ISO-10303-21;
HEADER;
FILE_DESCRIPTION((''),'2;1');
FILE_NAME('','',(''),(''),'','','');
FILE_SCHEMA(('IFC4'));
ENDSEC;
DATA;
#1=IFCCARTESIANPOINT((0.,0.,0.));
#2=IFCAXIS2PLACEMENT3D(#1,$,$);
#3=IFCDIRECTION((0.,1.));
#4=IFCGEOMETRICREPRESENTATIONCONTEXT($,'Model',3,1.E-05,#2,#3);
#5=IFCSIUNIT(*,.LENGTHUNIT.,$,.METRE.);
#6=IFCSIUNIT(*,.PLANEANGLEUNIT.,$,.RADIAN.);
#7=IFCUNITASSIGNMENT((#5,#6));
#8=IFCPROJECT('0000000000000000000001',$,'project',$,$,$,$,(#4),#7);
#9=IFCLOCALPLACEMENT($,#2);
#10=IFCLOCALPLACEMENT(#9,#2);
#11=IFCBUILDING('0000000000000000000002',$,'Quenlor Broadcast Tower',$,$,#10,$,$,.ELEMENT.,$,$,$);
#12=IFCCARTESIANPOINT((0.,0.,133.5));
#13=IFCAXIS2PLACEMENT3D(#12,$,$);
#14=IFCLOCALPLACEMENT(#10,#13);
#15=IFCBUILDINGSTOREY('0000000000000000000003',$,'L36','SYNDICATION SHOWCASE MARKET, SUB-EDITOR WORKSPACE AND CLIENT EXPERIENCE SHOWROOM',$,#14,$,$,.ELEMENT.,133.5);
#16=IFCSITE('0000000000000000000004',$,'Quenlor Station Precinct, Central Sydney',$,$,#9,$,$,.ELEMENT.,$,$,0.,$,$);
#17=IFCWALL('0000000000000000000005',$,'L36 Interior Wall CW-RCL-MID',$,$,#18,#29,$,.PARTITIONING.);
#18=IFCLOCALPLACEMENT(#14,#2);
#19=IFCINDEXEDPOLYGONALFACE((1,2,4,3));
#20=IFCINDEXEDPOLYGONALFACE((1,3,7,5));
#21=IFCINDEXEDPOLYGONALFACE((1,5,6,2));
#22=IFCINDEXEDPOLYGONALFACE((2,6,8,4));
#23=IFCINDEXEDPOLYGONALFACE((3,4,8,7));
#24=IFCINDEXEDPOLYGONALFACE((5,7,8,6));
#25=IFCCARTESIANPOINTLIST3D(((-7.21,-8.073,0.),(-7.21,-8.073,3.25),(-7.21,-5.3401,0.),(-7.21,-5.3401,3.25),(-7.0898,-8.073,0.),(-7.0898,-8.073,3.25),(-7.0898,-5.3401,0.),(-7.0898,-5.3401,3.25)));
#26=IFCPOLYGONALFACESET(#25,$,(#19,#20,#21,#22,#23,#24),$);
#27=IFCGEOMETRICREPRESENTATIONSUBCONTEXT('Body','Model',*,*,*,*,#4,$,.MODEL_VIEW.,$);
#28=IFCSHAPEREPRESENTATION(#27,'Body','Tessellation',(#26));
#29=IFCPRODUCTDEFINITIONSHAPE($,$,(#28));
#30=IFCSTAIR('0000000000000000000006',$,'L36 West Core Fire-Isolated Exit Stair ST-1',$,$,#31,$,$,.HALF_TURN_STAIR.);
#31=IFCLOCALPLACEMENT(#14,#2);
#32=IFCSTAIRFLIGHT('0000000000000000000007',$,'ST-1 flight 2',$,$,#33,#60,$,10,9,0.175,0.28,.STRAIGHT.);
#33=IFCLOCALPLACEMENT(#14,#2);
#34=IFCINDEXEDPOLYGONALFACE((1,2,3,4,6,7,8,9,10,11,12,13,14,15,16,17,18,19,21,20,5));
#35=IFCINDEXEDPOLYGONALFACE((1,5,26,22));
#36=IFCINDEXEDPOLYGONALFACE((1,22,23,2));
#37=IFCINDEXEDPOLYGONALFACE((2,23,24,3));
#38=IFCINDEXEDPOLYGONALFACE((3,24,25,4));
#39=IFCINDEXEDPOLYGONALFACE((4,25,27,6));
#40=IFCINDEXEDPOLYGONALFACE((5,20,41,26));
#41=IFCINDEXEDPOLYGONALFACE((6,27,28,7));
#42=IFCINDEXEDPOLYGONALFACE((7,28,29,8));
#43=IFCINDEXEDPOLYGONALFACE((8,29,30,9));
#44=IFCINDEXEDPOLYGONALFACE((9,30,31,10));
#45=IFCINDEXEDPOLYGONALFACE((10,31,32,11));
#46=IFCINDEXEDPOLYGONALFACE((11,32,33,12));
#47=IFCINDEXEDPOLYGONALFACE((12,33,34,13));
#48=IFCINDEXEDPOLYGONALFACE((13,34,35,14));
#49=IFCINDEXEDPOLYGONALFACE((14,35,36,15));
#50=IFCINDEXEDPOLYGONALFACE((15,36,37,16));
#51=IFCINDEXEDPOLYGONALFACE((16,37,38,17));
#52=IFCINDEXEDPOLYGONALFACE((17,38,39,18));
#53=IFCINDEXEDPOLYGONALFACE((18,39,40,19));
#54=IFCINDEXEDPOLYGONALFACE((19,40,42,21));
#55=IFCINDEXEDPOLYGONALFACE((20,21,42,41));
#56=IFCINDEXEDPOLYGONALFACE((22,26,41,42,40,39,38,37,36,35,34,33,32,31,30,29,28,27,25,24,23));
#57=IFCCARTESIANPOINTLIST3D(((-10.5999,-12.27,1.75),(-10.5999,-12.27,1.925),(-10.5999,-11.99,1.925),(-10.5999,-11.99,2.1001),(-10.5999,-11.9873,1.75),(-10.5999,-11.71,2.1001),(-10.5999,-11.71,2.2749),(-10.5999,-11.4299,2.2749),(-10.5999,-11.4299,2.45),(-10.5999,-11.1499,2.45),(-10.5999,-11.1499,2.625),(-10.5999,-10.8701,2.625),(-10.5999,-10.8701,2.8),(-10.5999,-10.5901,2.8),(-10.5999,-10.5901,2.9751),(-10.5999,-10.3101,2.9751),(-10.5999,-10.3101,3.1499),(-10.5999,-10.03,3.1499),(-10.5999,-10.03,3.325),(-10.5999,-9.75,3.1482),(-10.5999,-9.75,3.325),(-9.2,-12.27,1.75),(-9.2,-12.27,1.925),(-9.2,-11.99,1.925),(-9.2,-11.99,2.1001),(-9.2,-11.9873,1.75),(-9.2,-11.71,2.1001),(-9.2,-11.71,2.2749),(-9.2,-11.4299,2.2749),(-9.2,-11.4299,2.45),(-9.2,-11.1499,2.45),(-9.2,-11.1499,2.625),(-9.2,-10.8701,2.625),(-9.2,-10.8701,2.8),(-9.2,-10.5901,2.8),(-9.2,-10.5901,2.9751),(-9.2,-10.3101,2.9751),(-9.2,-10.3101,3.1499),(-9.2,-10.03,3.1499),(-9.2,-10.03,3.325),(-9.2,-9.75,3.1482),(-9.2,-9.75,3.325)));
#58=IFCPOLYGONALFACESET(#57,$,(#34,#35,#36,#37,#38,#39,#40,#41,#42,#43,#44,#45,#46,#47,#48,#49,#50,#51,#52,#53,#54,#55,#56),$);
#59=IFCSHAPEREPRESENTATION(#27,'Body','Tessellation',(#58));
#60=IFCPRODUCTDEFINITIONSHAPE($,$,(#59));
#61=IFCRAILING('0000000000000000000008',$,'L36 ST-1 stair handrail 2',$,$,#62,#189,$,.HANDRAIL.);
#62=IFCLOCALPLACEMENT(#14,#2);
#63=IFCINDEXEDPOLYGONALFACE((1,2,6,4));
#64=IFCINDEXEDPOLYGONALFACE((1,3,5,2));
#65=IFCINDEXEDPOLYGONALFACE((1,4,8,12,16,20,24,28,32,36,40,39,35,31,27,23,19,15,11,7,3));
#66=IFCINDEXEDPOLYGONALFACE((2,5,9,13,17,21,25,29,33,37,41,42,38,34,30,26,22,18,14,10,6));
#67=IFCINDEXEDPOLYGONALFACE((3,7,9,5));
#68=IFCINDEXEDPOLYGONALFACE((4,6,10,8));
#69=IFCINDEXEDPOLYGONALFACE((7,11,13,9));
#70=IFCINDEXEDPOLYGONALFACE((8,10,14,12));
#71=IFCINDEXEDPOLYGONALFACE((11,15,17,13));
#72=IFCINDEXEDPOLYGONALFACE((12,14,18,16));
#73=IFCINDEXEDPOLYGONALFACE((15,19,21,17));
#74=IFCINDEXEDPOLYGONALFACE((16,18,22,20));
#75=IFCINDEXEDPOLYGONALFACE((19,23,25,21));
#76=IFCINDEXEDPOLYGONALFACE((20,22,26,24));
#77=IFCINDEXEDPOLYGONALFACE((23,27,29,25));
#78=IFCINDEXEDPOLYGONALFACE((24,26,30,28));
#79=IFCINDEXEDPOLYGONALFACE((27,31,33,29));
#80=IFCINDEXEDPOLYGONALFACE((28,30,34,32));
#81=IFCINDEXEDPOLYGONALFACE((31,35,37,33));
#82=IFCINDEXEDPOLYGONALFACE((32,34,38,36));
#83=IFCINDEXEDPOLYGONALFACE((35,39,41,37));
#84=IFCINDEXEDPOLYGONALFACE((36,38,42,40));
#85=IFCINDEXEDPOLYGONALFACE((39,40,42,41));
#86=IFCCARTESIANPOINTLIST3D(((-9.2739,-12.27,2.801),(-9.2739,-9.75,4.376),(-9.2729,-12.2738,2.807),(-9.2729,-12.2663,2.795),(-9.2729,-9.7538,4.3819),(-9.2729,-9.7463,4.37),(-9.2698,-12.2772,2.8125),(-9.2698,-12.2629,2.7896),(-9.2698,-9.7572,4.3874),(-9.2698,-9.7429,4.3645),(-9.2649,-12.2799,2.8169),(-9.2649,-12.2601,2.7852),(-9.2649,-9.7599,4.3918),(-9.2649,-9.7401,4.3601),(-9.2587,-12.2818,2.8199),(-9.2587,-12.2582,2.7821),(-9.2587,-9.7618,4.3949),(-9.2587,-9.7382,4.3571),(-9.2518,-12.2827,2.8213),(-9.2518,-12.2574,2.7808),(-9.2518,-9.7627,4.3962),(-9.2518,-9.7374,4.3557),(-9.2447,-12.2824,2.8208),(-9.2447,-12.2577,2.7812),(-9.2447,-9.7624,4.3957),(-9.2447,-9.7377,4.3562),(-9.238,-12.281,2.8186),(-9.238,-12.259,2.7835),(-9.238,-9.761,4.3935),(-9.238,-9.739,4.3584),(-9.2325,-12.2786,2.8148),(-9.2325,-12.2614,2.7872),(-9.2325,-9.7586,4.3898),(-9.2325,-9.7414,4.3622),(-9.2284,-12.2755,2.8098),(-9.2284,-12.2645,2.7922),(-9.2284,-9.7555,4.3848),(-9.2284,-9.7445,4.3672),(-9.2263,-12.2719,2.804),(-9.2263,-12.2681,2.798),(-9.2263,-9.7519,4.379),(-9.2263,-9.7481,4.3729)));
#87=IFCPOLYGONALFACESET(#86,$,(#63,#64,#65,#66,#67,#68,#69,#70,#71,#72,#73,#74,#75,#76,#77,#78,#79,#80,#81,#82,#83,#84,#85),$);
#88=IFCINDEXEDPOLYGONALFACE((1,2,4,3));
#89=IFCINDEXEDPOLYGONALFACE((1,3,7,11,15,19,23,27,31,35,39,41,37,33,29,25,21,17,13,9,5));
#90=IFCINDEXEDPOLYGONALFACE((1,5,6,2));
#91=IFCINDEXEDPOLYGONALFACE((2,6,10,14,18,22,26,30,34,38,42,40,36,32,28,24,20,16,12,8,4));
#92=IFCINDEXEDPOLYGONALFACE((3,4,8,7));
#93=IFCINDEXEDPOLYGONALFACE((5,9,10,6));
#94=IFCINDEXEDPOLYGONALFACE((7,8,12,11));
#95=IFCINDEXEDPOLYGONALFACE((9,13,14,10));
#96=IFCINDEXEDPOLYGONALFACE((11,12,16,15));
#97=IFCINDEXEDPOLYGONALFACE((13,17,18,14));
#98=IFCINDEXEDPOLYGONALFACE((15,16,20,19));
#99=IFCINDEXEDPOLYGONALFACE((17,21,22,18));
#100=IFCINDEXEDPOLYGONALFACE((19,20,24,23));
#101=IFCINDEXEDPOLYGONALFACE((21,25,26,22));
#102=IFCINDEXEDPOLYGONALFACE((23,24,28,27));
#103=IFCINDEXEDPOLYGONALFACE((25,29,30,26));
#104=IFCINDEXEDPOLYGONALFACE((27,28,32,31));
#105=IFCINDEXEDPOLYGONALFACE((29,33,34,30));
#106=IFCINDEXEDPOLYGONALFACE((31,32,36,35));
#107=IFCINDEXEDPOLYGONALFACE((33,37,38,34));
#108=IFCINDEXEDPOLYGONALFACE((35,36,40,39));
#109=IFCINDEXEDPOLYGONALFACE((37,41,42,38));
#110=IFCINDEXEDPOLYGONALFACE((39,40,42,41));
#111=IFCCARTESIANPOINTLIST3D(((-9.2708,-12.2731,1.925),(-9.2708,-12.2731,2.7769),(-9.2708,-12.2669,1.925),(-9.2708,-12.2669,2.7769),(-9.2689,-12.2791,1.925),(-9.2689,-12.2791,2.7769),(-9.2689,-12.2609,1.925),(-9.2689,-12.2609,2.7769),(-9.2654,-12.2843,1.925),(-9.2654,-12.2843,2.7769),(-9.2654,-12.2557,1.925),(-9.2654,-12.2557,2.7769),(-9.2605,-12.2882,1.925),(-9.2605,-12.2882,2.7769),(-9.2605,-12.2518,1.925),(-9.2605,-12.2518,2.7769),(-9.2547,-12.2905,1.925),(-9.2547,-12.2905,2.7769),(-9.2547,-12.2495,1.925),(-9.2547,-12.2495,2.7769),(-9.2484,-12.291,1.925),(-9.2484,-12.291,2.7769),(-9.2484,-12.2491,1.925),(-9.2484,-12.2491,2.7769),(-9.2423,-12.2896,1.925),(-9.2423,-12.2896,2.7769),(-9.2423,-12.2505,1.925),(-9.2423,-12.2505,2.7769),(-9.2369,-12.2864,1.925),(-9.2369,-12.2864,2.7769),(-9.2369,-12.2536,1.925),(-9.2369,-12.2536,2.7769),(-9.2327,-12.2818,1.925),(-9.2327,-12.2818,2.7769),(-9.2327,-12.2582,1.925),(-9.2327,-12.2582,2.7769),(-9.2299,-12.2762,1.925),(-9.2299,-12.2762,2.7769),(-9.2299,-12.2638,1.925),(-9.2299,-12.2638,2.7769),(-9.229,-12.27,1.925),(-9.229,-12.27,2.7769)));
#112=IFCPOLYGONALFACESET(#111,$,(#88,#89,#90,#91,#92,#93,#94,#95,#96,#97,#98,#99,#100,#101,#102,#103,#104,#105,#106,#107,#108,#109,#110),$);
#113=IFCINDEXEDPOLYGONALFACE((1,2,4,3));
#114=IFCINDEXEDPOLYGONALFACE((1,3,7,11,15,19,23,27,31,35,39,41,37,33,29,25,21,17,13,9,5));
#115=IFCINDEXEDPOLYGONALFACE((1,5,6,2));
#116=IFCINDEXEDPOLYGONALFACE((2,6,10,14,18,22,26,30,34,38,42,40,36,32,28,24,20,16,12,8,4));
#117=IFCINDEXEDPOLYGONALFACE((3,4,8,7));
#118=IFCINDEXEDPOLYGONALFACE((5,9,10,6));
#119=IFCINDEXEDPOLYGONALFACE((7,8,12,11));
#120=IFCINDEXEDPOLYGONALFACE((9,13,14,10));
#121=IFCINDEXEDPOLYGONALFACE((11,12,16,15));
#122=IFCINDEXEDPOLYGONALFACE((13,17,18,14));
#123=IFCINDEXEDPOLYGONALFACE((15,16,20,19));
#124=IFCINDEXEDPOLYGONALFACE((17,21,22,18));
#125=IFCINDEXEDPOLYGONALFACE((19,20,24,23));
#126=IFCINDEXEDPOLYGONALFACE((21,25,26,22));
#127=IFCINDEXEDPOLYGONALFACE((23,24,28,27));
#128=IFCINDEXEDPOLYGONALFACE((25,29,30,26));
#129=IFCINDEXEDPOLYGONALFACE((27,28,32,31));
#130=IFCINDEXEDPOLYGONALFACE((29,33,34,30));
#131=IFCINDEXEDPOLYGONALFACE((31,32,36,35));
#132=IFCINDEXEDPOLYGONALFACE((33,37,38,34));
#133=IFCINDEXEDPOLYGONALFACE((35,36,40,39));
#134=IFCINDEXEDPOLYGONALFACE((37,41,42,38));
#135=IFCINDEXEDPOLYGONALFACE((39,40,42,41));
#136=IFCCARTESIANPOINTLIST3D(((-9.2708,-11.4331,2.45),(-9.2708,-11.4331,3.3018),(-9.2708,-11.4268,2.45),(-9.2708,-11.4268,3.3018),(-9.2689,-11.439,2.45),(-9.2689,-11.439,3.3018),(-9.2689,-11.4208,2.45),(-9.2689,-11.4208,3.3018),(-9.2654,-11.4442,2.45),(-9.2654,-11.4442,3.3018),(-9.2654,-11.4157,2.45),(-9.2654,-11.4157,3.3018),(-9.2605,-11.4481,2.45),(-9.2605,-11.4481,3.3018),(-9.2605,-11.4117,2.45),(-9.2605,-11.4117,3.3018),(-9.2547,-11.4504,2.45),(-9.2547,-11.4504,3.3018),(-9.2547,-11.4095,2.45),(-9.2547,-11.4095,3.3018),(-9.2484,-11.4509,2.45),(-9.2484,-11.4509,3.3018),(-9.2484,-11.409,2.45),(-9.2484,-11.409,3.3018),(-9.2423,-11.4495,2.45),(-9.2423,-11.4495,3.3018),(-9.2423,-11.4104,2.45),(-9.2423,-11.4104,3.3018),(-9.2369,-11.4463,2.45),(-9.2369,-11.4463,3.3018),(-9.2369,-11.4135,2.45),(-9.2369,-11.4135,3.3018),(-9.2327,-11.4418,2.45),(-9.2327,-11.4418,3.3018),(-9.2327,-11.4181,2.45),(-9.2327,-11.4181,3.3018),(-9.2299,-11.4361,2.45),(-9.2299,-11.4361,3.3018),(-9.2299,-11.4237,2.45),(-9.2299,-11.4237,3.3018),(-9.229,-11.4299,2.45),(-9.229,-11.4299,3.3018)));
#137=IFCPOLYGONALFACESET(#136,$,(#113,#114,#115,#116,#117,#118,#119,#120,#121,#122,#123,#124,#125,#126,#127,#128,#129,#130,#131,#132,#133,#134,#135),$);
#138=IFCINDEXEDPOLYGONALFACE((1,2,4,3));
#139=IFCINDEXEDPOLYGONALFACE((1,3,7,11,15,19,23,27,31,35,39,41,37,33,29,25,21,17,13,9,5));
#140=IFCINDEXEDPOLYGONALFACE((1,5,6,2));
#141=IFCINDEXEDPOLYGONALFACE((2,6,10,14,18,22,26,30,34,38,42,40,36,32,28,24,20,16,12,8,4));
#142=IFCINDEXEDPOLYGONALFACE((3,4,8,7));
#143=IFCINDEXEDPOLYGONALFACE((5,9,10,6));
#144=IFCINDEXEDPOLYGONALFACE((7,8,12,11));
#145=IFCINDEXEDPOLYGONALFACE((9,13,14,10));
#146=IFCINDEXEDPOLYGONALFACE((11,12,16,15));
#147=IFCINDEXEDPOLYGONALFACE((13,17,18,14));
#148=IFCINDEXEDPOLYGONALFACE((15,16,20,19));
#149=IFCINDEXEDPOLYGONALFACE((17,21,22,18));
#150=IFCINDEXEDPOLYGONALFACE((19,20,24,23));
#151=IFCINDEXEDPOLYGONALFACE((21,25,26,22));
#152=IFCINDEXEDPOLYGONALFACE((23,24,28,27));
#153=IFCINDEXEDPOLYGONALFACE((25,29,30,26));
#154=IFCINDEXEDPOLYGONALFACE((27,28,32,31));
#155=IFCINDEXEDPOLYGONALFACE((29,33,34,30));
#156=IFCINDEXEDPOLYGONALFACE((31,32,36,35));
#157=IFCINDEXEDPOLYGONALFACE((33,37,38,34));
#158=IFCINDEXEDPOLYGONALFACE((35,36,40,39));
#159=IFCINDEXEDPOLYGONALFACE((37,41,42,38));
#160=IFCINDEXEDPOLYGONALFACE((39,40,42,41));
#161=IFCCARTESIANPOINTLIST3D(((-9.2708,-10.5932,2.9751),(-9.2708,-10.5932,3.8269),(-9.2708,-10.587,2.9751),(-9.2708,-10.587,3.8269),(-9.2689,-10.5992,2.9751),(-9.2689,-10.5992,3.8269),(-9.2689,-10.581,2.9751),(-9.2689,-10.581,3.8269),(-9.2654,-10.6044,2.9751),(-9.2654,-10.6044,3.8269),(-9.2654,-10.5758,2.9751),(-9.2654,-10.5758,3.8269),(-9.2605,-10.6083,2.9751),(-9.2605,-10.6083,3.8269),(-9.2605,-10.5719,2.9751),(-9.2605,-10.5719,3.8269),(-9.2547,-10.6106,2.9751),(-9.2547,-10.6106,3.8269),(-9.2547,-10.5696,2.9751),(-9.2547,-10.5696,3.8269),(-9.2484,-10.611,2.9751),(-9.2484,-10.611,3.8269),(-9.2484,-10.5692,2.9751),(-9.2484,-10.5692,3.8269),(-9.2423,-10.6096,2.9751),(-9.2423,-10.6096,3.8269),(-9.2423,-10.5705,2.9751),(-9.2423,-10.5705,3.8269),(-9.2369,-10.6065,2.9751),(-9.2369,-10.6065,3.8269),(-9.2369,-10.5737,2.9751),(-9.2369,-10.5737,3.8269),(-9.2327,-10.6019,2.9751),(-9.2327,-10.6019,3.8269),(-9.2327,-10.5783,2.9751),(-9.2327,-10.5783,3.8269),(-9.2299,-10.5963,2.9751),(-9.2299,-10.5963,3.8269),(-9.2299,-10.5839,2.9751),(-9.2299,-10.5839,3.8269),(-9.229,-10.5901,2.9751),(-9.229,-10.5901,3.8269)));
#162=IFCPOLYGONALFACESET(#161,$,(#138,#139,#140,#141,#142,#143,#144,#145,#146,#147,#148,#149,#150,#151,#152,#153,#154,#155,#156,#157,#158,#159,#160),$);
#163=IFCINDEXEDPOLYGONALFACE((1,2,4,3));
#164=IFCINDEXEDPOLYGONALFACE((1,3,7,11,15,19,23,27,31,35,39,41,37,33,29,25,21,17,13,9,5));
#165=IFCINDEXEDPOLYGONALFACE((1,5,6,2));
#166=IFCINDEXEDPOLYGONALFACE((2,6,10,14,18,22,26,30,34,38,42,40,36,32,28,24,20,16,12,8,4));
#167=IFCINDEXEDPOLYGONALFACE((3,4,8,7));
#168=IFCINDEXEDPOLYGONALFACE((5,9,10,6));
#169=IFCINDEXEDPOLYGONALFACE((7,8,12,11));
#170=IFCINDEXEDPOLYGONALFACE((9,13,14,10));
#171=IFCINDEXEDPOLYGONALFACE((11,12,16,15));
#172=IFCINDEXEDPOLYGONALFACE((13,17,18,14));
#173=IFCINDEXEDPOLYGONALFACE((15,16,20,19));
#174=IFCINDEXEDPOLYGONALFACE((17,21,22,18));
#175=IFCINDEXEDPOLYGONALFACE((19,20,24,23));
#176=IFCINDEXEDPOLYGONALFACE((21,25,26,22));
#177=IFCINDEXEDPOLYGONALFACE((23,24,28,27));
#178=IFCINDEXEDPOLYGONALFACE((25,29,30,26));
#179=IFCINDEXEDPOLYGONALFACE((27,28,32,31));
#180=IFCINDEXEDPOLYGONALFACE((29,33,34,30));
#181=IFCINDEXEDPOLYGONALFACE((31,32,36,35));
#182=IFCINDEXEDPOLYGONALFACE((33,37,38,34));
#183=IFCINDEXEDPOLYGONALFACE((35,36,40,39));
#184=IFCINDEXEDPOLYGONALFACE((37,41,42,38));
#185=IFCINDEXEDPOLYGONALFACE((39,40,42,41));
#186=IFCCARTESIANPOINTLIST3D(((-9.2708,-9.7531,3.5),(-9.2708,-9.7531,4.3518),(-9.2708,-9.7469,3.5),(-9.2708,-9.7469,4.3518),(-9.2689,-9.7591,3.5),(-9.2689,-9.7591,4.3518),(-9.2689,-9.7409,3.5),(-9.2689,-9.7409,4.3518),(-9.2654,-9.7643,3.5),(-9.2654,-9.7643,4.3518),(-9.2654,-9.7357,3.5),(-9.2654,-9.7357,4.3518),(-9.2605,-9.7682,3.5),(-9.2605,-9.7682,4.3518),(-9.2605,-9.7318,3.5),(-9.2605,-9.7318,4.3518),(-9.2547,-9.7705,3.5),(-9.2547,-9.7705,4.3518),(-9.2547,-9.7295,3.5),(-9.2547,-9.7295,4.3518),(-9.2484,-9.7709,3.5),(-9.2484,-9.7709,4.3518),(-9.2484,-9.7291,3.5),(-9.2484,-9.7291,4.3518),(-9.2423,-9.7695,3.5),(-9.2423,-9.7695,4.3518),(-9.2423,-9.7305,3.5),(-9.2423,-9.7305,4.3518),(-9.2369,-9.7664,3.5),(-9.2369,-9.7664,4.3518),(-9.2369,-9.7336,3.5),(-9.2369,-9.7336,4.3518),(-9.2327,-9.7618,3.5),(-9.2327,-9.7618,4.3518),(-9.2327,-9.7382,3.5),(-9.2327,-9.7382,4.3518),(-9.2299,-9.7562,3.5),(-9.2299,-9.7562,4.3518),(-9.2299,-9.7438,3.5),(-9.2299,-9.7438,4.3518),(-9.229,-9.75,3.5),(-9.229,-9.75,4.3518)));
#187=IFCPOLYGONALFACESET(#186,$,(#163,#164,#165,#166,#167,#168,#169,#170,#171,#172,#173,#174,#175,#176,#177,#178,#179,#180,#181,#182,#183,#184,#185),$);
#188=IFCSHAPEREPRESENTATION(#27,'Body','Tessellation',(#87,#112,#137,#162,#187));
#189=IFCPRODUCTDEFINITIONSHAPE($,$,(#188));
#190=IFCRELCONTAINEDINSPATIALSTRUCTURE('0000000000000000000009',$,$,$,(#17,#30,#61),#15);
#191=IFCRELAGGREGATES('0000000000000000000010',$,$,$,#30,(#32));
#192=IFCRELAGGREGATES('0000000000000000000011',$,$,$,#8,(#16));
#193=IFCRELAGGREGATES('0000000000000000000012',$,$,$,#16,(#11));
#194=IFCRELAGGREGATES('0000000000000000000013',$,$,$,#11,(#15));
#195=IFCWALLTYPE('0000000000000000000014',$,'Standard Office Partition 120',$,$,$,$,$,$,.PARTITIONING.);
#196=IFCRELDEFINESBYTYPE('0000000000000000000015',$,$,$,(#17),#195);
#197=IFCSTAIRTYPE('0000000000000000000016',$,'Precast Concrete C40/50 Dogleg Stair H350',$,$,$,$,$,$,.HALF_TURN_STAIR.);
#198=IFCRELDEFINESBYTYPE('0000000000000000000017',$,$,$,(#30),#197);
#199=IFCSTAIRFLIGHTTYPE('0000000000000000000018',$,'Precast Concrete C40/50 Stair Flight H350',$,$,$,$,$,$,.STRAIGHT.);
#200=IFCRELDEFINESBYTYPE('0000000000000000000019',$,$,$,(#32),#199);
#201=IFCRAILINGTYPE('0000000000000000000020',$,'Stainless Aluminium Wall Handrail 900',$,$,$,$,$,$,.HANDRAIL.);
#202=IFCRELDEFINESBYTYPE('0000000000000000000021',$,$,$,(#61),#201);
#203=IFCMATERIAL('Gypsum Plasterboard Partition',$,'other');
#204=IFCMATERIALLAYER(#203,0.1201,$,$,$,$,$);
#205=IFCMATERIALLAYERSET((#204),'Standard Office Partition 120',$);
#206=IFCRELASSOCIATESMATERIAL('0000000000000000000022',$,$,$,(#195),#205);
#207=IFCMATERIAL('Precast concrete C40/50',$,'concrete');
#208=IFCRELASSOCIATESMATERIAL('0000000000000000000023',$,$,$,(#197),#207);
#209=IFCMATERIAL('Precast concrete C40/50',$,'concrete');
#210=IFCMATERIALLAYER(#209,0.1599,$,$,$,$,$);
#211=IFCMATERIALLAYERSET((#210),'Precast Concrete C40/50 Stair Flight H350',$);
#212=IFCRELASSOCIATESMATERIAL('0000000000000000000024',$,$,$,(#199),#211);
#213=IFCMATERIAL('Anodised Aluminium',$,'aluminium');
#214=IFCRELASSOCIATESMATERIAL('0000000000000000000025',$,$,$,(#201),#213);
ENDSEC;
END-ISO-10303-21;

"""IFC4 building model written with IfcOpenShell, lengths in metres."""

from ifc_helpers import new_model, si_unit, direction, frame, frame_2d, origin, origin_2d, place, context, subcontext, project, spatial, polyline, rectangle, circle, outline, extrude, material, layer, layer_set, type_object, element, aggregate, save


model = new_model("IFC4")

# Units and contexts
model_context = context("Model", 3, precision=1e-05, world=origin(), true_north=direction((0.0, 1.0)))
body_context = subcontext(model_context, "Body", "Model", "MODEL_VIEW")
ifc_project = project(units=[si_unit("LENGTHUNIT", "METRE"), si_unit("PLANEANGLEUNIT", "RADIAN")], contexts=[model_context])

# Site, building, storey
site_placement = place(None, origin())
site = spatial("IfcSite", under=ifc_project, at=site_placement, Name="Quenlor Station Precinct, Central Sydney", CompositionType="ELEMENT", RefElevation=0.0)
building_placement = place(site_placement, origin())
building = spatial("IfcBuilding", under=site, at=building_placement, Name="Quenlor Broadcast Tower", CompositionType="ELEMENT")
storey_placement = place(building_placement, frame((0.0, 0.0, 133.5)))
storey = spatial("IfcBuildingStorey", under=building, at=storey_placement, Name="L36", Description="SYNDICATION SHOWCASE MARKET, SUB-EDITOR WORKSPACE AND CLIENT EXPERIENCE SHOWROOM", CompositionType="ELEMENT", Elevation=133.5)

# Wall
ifc_material_1 = material(Name="Gypsum Plasterboard Partition", Category="other")
ifc_layer_1 = layer(ifc_material_1, 0.1201)
ifc_layer_set_1 = layer_set([ifc_layer_1], Name="Standard Office Partition 120")
wall_type_1 = type_object("IfcWallType", Name="Standard Office Partition 120", PredefinedType="PARTITIONING", material=ifc_layer_set_1)
wall_1_placement = place(storey_placement, frame((-7.1499, -8.073, 0.0), z_axis=(0.0, 0.0, 1.0), x_axis=(0.0, 1.0, 0.0)))
element("IfcWall", 1, at=wall_1_placement, inside=storey, type_object=wall_type_1, Name="L36 Interior Wall CW-RCL-MID", PredefinedType="PARTITIONING", context=body_context, shape_type="SweptSolid", body=[
    extrude(rectangle(XDim=2.7329, YDim=0.1201, at=frame_2d((1.3665, 0.0))), origin(), (0.0, 0.0, 1.0), 3.25),
])

# Stair, stair flight
ifc_material_2 = material(Name="Precast concrete C40/50", Category="concrete")
stair_type = type_object("IfcStairType", Name="Precast Concrete C40/50 Dogleg Stair H350", PredefinedType="HALF_TURN_STAIR", material=ifc_material_2)
stair_placement = place(storey_placement, origin())
stair = element("IfcStair", 2, at=stair_placement, inside=storey, type_object=stair_type, Name="L36 West Core Fire-Isolated Exit Stair ST-1", PredefinedType="HALF_TURN_STAIR")
ifc_material_3 = material(Name="Precast concrete C40/50", Category="concrete")
ifc_layer_2 = layer(ifc_material_3, 0.1599)
ifc_layer_set_2 = layer_set([ifc_layer_2], Name="Precast Concrete C40/50 Stair Flight H350")
stair_flight_type = type_object("IfcStairFlightType", Name="Precast Concrete C40/50 Stair Flight H350", PredefinedType="STRAIGHT", material=ifc_layer_set_2)
stair_flight_placement = place(storey_placement, frame((-9.8999, -12.27, 1.75), z_axis=(0.0, 0.0, 1.0), x_axis=(0.0, 1.0, 0.0)))
stair_flight = element("IfcStairFlight", 3, at=stair_flight_placement, type_object=stair_flight_type, Name="ST-1 flight 2", NumberOfRisers=10, NumberOfTreads=9, PredefinedType="STRAIGHT", RiserHeight=0.175, TreadLength=0.28, context=body_context, shape_type="SweptSolid", body=[
    extrude(outline(polyline([(0.0, 0.0), (0.0, 0.175), (0.28, 0.175), (0.28, 0.3501), (0.5601, 0.3501), (0.5601, 0.5249), (0.8401, 0.5249), (0.8401, 0.7), (1.1201, 0.7), (1.1201, 0.875), (1.3999, 0.875), (1.3999, 1.05), (1.6799, 1.05), (1.6799, 1.2251), (1.96, 1.2251), (1.96, 1.3999), (2.24, 1.3999), (2.24, 1.575), (2.52, 1.575), (2.52, 1.75), (2.52, 1.3982), (0.2827, 0.0), (0.0, 0.0)])), frame((0.0, 0.7, 0.0), z_axis=(0.0, -1.0, 0.0), x_axis=(1.0, 0.0, 0.0)), (0.0, 0.0, 1.0), 1.3999),
])
aggregate(stair, [stair_flight])

# Railing
ifc_material_4 = material(Name="Anodised Aluminium", Category="aluminium")
railing_type_1 = type_object("IfcRailingType", Name="Stainless Aluminium Wall Handrail 900", PredefinedType="HANDRAIL", material=ifc_material_4)
railing_1_placement = place(storey_placement, frame((-9.25, -12.27, 1.925)))
element("IfcRailing", 4, at=railing_1_placement, inside=storey, type_object=railing_type_1, Name="L36 ST-1 stair handrail 2", PredefinedType="HANDRAIL", context=body_context, shape_type="SweptSolid", body=[
    extrude(circle(Radius=0.0239, at=origin_2d()), frame((0.0, 0.0, 0.876), z_axis=(0.0, 0.848008, 0.529984), x_axis=(-1.0, 0.0, 0.0)), (0.0, 0.0, 1.0), 2.9717),
    extrude(circle(Radius=0.021, at=origin_2d()), origin(), (0.0, 0.0, 1.0), 0.8518),
    extrude(circle(Radius=0.021, at=origin_2d()), frame((0.0, 0.8401, 0.5249)), (0.0, 0.0, 1.0), 0.8518),
    extrude(circle(Radius=0.021, at=origin_2d()), frame((0.0, 1.6799, 1.05)), (0.0, 0.0, 1.0), 0.8518),
    extrude(circle(Radius=0.021, at=origin_2d()), frame((0.0, 2.52, 1.575)), (0.0, 0.0, 1.0), 0.8518),
])

save(model, "model.ifc")
